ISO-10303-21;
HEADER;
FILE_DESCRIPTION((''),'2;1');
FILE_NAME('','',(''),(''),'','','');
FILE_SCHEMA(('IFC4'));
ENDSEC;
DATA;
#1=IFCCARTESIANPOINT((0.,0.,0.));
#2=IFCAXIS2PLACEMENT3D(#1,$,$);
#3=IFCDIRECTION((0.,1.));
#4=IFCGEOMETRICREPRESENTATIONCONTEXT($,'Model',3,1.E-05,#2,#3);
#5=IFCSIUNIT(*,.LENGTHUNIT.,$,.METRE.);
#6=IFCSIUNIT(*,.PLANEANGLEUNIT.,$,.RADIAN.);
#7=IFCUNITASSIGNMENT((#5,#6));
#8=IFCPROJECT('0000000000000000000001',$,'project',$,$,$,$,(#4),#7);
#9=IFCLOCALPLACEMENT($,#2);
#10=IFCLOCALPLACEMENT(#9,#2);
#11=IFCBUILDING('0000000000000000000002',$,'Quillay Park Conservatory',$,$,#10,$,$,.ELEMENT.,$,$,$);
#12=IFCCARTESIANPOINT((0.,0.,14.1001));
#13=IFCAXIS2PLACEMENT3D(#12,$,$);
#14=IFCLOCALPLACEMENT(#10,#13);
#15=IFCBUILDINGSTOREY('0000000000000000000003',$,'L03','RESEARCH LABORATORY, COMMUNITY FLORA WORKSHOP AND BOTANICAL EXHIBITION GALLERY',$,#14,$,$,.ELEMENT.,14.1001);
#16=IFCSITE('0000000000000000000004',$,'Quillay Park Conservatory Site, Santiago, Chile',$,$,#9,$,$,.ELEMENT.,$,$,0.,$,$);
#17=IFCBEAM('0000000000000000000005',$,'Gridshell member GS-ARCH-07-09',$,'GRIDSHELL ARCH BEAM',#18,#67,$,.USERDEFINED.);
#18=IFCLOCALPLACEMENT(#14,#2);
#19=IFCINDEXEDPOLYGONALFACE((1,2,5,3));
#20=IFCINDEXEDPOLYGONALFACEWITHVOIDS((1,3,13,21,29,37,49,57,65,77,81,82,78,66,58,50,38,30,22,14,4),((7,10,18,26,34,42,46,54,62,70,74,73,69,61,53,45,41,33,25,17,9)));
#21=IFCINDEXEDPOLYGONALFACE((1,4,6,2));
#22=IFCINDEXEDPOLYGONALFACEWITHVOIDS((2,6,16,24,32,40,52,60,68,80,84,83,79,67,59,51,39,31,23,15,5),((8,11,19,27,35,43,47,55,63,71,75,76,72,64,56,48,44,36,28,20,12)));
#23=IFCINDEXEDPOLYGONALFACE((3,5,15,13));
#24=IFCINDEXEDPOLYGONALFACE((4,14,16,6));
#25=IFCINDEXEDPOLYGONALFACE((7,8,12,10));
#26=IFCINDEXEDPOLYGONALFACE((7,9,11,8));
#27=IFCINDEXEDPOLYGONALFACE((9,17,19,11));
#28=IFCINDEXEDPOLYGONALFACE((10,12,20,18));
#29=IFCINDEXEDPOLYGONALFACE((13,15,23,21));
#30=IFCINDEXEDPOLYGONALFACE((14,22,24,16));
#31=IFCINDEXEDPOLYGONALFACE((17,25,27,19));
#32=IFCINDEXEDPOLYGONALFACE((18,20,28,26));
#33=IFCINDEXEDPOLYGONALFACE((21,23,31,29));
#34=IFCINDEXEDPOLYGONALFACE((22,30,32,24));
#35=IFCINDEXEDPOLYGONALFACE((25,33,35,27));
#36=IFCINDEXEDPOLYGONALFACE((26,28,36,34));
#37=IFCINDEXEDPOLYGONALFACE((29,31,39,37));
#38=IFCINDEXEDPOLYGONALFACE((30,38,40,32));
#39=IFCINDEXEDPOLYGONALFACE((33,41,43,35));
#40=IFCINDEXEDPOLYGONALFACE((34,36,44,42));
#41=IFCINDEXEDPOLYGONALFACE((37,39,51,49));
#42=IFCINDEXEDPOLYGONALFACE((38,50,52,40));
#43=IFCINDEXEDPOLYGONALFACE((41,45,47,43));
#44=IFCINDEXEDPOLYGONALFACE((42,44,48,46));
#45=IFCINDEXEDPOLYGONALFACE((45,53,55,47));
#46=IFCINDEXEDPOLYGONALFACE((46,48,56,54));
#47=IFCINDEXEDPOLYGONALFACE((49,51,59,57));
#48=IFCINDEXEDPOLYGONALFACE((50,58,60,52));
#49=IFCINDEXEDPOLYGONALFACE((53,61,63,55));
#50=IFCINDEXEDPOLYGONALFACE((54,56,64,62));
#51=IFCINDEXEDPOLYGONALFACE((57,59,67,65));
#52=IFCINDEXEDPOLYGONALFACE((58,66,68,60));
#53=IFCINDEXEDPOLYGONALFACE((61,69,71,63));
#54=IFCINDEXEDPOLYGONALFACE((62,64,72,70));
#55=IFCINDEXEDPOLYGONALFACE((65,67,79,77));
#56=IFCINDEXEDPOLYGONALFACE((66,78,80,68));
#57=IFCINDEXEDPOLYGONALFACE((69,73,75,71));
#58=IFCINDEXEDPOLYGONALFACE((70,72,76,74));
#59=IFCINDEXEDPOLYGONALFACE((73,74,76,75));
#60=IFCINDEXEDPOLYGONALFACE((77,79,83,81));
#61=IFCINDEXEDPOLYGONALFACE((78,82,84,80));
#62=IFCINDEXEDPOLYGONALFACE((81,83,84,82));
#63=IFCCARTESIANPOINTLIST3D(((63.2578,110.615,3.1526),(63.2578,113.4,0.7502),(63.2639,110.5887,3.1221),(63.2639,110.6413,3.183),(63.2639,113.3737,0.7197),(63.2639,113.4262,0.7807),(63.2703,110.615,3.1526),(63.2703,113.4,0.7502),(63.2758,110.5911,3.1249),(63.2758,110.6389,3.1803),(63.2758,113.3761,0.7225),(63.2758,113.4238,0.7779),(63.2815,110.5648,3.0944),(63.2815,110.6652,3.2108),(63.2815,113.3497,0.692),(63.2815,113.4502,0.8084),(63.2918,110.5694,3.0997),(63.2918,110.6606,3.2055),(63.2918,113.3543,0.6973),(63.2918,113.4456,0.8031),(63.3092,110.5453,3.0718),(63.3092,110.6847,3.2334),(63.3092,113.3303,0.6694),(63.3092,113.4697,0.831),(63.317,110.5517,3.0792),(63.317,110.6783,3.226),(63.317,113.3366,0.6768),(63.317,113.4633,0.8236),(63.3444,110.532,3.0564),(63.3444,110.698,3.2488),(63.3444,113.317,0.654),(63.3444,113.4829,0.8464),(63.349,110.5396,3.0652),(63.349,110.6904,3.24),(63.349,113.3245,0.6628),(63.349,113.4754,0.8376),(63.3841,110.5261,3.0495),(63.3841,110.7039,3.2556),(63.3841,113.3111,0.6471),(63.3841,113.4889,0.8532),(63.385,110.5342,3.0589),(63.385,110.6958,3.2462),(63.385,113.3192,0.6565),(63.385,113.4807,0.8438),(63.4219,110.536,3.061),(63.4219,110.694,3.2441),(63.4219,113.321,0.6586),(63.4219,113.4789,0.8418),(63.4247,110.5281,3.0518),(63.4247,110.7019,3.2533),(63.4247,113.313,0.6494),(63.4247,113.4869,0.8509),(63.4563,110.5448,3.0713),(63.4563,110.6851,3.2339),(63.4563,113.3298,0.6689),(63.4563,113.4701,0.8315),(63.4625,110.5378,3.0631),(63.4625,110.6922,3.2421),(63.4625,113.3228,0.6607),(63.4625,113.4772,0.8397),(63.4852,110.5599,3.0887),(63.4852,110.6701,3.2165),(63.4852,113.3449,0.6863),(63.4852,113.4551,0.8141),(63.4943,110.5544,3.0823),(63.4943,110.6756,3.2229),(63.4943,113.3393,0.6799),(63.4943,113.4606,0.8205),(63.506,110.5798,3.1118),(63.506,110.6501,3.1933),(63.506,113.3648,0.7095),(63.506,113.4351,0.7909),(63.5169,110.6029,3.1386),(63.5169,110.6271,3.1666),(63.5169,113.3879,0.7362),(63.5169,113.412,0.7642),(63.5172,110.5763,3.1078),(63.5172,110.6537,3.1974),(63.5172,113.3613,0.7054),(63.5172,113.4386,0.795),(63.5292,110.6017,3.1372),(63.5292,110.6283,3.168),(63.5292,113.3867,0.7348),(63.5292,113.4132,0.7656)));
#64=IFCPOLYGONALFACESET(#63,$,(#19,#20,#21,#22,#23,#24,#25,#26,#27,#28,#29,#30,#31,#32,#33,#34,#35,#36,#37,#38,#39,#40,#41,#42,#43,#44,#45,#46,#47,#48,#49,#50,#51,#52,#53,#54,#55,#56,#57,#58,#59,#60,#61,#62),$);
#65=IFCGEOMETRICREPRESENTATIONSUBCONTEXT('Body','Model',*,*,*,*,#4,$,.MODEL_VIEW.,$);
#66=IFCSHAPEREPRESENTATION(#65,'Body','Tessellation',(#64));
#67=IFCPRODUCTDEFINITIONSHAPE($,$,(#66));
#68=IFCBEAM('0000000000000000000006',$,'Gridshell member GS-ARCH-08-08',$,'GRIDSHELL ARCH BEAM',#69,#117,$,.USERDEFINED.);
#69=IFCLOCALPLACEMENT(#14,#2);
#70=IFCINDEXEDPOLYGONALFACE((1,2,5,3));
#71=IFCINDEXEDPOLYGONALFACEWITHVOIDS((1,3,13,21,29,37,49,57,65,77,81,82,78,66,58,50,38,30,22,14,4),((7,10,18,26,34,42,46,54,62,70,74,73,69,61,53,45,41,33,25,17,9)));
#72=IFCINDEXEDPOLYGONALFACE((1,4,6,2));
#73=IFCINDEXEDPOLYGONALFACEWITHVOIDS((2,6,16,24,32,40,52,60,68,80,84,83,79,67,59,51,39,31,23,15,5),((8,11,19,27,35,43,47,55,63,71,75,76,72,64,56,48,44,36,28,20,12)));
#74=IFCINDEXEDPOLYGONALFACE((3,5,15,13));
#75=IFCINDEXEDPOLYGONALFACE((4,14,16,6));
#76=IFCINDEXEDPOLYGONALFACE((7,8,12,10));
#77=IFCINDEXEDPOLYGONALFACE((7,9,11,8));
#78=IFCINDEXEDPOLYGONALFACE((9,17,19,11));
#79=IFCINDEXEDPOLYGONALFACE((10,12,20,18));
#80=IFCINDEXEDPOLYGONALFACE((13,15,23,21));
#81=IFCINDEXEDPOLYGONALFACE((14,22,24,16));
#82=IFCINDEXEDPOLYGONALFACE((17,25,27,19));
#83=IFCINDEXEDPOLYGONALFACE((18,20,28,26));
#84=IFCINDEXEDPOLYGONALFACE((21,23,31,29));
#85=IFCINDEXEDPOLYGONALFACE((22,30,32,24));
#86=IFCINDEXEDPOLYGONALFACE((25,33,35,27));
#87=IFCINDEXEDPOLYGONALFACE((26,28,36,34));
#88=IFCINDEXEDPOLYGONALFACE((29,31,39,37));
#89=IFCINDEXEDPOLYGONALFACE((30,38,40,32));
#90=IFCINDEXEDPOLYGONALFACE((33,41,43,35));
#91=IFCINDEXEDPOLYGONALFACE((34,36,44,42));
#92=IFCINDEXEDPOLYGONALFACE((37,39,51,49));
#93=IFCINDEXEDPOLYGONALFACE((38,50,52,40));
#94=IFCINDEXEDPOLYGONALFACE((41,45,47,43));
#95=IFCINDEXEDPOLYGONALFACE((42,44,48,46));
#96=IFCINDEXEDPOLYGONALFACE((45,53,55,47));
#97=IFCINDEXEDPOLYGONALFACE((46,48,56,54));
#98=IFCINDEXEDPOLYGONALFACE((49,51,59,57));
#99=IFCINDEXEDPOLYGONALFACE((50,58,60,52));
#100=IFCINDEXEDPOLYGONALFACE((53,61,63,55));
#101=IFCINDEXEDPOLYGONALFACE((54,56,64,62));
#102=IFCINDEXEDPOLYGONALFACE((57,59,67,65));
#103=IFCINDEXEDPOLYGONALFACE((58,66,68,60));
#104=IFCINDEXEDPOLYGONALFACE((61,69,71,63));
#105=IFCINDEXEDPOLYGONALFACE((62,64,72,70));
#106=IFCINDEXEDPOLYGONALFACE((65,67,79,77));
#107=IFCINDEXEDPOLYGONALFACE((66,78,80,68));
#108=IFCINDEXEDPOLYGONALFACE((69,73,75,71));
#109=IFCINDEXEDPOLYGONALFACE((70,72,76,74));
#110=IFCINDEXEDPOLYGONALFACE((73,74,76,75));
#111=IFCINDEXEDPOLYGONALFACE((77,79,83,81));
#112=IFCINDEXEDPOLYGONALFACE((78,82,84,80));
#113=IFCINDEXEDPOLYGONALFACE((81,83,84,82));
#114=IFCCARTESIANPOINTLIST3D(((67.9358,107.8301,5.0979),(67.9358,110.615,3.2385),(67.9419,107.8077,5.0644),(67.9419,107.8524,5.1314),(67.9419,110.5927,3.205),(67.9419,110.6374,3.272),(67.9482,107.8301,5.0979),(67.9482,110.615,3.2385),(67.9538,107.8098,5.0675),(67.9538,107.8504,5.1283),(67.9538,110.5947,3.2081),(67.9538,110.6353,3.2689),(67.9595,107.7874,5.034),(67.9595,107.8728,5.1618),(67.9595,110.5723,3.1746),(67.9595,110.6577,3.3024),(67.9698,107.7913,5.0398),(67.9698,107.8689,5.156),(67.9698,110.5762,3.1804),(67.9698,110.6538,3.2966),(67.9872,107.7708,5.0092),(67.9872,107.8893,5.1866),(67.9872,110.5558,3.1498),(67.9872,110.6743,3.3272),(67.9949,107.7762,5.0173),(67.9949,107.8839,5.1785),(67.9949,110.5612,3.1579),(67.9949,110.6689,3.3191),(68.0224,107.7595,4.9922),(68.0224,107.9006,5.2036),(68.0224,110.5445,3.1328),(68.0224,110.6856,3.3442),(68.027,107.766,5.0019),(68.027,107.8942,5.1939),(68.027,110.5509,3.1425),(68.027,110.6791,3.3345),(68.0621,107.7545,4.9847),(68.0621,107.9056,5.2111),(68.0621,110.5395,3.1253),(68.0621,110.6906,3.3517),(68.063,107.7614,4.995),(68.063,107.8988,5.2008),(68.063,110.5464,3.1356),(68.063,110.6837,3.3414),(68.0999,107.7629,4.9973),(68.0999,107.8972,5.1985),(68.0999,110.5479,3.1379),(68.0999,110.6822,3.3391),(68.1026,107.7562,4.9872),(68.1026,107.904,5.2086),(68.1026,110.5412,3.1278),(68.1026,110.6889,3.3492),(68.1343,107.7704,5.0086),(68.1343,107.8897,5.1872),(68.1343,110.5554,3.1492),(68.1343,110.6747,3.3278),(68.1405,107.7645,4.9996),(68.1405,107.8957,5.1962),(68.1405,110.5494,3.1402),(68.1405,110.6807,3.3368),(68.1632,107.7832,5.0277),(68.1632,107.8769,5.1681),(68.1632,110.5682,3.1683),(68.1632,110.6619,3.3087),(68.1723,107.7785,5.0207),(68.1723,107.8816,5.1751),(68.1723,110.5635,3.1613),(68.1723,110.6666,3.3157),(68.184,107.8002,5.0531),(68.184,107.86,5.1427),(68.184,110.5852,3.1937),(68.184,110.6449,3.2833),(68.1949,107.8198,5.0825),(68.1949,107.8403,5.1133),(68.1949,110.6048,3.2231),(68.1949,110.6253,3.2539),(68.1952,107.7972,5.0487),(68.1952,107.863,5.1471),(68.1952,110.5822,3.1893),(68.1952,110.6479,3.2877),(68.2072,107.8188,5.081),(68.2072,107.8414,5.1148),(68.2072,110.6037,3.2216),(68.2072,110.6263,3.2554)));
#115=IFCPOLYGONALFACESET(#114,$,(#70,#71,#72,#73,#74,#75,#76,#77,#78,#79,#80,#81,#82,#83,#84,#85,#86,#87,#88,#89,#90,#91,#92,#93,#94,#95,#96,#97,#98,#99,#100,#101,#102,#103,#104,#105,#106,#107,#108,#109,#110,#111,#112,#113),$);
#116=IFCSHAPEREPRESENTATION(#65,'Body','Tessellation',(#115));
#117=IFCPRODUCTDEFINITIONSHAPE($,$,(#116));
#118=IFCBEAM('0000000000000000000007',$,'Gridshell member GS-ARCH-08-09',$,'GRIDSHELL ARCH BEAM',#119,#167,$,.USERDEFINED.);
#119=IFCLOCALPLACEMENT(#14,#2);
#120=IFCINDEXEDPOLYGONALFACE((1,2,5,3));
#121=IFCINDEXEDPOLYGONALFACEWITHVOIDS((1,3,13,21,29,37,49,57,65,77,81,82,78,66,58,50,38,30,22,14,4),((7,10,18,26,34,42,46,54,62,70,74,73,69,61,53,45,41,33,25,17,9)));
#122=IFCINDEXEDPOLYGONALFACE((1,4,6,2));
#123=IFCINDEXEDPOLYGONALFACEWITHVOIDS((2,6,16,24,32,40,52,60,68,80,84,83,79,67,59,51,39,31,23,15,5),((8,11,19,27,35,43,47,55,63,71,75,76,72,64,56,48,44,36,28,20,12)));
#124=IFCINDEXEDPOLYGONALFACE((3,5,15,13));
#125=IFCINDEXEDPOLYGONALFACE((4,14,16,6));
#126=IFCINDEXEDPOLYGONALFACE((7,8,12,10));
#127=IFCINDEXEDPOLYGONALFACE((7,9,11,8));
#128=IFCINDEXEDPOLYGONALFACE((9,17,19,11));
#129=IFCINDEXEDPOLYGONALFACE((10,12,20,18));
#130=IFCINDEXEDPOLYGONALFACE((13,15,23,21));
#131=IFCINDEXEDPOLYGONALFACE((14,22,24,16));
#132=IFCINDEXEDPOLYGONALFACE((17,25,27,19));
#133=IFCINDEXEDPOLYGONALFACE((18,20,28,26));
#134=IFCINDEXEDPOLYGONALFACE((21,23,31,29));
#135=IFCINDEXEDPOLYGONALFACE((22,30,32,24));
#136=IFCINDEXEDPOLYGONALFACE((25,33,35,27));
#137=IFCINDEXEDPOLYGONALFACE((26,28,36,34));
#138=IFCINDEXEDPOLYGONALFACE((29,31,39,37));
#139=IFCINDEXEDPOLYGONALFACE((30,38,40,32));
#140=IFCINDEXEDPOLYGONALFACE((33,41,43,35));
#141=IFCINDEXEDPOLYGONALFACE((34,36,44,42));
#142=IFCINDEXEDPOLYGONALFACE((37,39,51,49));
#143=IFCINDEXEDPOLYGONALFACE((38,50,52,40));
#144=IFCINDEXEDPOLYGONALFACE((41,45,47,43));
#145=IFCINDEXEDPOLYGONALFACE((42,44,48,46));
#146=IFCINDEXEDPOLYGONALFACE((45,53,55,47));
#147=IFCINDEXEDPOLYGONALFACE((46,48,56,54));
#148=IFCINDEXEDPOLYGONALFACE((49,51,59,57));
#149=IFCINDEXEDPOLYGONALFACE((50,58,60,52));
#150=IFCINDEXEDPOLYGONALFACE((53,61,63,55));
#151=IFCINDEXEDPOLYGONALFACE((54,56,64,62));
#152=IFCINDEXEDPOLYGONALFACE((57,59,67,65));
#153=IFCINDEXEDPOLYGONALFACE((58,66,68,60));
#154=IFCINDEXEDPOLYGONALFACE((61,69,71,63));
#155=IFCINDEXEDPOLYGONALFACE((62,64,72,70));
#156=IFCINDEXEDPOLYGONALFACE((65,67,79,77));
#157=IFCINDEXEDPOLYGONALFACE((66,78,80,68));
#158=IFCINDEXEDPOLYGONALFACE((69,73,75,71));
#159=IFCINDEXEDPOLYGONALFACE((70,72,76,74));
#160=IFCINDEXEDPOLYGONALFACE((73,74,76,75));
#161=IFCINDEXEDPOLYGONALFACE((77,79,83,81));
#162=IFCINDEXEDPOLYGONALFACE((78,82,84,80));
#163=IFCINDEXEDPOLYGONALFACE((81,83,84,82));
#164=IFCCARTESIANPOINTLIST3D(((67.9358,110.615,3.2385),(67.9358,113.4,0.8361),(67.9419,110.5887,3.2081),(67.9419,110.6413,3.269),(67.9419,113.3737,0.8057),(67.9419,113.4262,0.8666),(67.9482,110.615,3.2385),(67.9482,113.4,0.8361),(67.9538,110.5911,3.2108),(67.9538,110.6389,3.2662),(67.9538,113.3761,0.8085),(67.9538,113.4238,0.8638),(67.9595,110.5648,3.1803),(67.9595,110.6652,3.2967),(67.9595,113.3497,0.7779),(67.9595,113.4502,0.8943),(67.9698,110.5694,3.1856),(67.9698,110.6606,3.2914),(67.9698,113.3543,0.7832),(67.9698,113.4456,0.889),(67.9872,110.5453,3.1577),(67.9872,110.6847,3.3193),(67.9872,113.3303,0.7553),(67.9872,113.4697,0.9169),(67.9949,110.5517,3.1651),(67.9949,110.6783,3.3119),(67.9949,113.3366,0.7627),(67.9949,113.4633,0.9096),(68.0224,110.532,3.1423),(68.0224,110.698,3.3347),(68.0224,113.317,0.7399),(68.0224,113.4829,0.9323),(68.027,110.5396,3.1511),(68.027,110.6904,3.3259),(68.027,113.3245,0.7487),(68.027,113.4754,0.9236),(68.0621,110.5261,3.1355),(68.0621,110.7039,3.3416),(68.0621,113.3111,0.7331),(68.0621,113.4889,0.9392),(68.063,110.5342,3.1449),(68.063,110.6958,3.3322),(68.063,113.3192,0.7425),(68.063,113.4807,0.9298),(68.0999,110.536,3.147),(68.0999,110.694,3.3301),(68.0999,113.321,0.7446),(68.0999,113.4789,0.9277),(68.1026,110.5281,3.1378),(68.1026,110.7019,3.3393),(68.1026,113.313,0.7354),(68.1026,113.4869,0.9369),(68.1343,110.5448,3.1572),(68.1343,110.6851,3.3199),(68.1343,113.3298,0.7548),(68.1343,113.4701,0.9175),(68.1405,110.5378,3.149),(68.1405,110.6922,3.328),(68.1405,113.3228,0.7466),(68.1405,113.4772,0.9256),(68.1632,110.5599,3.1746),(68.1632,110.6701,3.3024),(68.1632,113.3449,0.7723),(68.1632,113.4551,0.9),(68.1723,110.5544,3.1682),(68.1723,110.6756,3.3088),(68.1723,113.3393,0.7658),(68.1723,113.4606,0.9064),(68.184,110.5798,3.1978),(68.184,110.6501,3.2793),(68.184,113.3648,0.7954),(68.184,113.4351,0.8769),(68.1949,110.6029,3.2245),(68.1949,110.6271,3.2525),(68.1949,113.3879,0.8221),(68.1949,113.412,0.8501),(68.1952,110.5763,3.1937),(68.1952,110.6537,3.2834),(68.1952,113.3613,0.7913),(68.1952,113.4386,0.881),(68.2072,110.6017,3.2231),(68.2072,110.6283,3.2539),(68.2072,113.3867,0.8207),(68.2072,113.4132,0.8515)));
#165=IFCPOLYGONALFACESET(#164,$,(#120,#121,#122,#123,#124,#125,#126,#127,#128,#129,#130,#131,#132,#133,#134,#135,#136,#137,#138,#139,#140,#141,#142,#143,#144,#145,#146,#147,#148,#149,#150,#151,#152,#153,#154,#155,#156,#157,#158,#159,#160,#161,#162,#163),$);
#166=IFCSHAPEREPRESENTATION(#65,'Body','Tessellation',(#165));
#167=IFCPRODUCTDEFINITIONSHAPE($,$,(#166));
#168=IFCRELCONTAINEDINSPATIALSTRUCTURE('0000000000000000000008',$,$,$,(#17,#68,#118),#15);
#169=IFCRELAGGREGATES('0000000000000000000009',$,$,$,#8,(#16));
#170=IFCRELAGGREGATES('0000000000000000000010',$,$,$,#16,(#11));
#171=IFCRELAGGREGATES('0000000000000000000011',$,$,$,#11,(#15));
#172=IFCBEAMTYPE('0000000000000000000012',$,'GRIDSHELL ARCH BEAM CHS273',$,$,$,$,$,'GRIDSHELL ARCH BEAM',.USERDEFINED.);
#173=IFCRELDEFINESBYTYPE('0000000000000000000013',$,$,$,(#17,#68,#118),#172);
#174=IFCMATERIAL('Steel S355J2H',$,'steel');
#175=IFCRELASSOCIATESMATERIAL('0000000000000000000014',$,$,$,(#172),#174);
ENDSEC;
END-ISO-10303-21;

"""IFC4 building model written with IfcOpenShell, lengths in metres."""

from ifc_helpers import new_model, si_unit, direction, frame, origin, origin_2d, place, context, subcontext, project, spatial, hollow_circle, extrude, material, material_profile, profile_set, type_object, element, save


model = new_model("IFC4")

# Units and contexts
model_context = context("Model", 3, precision=1e-05, world=origin(), true_north=direction((0.0, 1.0)))
body_context = subcontext(model_context, "Body", "Model", "MODEL_VIEW")
ifc_project = project(units=[si_unit("LENGTHUNIT", "METRE"), si_unit("PLANEANGLEUNIT", "RADIAN")], contexts=[model_context])

# Site, building, storey
site_placement = place(None, origin())
site = spatial("IfcSite", under=ifc_project, at=site_placement, Name="Quillay Park Conservatory Site, Santiago, Chile", CompositionType="ELEMENT", RefElevation=0.0)
building_placement = place(site_placement, origin())
building = spatial("IfcBuilding", under=site, at=building_placement, Name="Quillay Park Conservatory", CompositionType="ELEMENT")
storey_placement = place(building_placement, frame((0.0, 0.0, 14.1001)))
storey = spatial("IfcBuildingStorey", under=building, at=storey_placement, Name="L03", Description="RESEARCH LABORATORY, COMMUNITY FLORA WORKSHOP AND BOTANICAL EXHIBITION GALLERY", CompositionType="ELEMENT", Elevation=14.1001)

# Beams
ifc_material_1 = material(Name="Steel S355J2H", Category="steel")
ifc_material_profile_1 = material_profile(ifc_material_1, hollow_circle(Radius=0.1365, WallThickness=0.0125, at=origin_2d()), Name="CHS273x12.5")
ifc_profile_set_1 = profile_set([ifc_material_profile_1], Name="Steel S355J2H")
beam_type = type_object("IfcBeamType", Name="GRIDSHELL ARCH BEAM CHS273", ElementType="GRIDSHELL ARCH BEAM", PredefinedType="USERDEFINED", material=ifc_profile_set_1)
beam_1_placement = place(storey_placement, frame((63.3943, 110.615, 3.1526), z_axis=(0.0, 0.757201, -0.653183), x_axis=(-1.0, 0.0, 0.0)))
element("IfcBeam", 1, at=beam_1_placement, inside=storey, type_object=beam_type, Name="Gridshell member GS-ARCH-07-09", ObjectType="GRIDSHELL ARCH BEAM", PredefinedType="USERDEFINED", context=body_context, shape_type="SweptSolid", body=[
    extrude(hollow_circle(Radius=0.1365, WallThickness=0.0125, at=origin_2d()), origin(), (0.0, 0.0, 1.0), 3.678),
])
beam_2_placement = place(storey_placement, frame((68.0723, 107.8301, 5.0979), z_axis=(0.0, 0.831669, -0.555272), x_axis=(-1.0, 0.0, 0.0)))
element("IfcBeam", 2, at=beam_2_placement, inside=storey, type_object=beam_type, Name="Gridshell member GS-ARCH-08-08", ObjectType="GRIDSHELL ARCH BEAM", PredefinedType="USERDEFINED", context=body_context, shape_type="SweptSolid", body=[
    extrude(hollow_circle(Radius=0.1365, WallThickness=0.0125, at=origin_2d()), origin(), (0.0, 0.0, 1.0), 3.3486),
])
beam_3_placement = place(storey_placement, frame((68.0723, 110.615, 3.2385), z_axis=(0.0, 0.757201, -0.653183), x_axis=(-1.0, 0.0, 0.0)))
element("IfcBeam", 3, at=beam_3_placement, inside=storey, type_object=beam_type, Name="Gridshell member GS-ARCH-08-09", ObjectType="GRIDSHELL ARCH BEAM", PredefinedType="USERDEFINED", context=body_context, shape_type="SweptSolid", body=[
    extrude(hollow_circle(Radius=0.1365, WallThickness=0.0125, at=origin_2d()), origin(), (0.0, 0.0, 1.0), 3.678),
])

save(model, "model.ifc")
